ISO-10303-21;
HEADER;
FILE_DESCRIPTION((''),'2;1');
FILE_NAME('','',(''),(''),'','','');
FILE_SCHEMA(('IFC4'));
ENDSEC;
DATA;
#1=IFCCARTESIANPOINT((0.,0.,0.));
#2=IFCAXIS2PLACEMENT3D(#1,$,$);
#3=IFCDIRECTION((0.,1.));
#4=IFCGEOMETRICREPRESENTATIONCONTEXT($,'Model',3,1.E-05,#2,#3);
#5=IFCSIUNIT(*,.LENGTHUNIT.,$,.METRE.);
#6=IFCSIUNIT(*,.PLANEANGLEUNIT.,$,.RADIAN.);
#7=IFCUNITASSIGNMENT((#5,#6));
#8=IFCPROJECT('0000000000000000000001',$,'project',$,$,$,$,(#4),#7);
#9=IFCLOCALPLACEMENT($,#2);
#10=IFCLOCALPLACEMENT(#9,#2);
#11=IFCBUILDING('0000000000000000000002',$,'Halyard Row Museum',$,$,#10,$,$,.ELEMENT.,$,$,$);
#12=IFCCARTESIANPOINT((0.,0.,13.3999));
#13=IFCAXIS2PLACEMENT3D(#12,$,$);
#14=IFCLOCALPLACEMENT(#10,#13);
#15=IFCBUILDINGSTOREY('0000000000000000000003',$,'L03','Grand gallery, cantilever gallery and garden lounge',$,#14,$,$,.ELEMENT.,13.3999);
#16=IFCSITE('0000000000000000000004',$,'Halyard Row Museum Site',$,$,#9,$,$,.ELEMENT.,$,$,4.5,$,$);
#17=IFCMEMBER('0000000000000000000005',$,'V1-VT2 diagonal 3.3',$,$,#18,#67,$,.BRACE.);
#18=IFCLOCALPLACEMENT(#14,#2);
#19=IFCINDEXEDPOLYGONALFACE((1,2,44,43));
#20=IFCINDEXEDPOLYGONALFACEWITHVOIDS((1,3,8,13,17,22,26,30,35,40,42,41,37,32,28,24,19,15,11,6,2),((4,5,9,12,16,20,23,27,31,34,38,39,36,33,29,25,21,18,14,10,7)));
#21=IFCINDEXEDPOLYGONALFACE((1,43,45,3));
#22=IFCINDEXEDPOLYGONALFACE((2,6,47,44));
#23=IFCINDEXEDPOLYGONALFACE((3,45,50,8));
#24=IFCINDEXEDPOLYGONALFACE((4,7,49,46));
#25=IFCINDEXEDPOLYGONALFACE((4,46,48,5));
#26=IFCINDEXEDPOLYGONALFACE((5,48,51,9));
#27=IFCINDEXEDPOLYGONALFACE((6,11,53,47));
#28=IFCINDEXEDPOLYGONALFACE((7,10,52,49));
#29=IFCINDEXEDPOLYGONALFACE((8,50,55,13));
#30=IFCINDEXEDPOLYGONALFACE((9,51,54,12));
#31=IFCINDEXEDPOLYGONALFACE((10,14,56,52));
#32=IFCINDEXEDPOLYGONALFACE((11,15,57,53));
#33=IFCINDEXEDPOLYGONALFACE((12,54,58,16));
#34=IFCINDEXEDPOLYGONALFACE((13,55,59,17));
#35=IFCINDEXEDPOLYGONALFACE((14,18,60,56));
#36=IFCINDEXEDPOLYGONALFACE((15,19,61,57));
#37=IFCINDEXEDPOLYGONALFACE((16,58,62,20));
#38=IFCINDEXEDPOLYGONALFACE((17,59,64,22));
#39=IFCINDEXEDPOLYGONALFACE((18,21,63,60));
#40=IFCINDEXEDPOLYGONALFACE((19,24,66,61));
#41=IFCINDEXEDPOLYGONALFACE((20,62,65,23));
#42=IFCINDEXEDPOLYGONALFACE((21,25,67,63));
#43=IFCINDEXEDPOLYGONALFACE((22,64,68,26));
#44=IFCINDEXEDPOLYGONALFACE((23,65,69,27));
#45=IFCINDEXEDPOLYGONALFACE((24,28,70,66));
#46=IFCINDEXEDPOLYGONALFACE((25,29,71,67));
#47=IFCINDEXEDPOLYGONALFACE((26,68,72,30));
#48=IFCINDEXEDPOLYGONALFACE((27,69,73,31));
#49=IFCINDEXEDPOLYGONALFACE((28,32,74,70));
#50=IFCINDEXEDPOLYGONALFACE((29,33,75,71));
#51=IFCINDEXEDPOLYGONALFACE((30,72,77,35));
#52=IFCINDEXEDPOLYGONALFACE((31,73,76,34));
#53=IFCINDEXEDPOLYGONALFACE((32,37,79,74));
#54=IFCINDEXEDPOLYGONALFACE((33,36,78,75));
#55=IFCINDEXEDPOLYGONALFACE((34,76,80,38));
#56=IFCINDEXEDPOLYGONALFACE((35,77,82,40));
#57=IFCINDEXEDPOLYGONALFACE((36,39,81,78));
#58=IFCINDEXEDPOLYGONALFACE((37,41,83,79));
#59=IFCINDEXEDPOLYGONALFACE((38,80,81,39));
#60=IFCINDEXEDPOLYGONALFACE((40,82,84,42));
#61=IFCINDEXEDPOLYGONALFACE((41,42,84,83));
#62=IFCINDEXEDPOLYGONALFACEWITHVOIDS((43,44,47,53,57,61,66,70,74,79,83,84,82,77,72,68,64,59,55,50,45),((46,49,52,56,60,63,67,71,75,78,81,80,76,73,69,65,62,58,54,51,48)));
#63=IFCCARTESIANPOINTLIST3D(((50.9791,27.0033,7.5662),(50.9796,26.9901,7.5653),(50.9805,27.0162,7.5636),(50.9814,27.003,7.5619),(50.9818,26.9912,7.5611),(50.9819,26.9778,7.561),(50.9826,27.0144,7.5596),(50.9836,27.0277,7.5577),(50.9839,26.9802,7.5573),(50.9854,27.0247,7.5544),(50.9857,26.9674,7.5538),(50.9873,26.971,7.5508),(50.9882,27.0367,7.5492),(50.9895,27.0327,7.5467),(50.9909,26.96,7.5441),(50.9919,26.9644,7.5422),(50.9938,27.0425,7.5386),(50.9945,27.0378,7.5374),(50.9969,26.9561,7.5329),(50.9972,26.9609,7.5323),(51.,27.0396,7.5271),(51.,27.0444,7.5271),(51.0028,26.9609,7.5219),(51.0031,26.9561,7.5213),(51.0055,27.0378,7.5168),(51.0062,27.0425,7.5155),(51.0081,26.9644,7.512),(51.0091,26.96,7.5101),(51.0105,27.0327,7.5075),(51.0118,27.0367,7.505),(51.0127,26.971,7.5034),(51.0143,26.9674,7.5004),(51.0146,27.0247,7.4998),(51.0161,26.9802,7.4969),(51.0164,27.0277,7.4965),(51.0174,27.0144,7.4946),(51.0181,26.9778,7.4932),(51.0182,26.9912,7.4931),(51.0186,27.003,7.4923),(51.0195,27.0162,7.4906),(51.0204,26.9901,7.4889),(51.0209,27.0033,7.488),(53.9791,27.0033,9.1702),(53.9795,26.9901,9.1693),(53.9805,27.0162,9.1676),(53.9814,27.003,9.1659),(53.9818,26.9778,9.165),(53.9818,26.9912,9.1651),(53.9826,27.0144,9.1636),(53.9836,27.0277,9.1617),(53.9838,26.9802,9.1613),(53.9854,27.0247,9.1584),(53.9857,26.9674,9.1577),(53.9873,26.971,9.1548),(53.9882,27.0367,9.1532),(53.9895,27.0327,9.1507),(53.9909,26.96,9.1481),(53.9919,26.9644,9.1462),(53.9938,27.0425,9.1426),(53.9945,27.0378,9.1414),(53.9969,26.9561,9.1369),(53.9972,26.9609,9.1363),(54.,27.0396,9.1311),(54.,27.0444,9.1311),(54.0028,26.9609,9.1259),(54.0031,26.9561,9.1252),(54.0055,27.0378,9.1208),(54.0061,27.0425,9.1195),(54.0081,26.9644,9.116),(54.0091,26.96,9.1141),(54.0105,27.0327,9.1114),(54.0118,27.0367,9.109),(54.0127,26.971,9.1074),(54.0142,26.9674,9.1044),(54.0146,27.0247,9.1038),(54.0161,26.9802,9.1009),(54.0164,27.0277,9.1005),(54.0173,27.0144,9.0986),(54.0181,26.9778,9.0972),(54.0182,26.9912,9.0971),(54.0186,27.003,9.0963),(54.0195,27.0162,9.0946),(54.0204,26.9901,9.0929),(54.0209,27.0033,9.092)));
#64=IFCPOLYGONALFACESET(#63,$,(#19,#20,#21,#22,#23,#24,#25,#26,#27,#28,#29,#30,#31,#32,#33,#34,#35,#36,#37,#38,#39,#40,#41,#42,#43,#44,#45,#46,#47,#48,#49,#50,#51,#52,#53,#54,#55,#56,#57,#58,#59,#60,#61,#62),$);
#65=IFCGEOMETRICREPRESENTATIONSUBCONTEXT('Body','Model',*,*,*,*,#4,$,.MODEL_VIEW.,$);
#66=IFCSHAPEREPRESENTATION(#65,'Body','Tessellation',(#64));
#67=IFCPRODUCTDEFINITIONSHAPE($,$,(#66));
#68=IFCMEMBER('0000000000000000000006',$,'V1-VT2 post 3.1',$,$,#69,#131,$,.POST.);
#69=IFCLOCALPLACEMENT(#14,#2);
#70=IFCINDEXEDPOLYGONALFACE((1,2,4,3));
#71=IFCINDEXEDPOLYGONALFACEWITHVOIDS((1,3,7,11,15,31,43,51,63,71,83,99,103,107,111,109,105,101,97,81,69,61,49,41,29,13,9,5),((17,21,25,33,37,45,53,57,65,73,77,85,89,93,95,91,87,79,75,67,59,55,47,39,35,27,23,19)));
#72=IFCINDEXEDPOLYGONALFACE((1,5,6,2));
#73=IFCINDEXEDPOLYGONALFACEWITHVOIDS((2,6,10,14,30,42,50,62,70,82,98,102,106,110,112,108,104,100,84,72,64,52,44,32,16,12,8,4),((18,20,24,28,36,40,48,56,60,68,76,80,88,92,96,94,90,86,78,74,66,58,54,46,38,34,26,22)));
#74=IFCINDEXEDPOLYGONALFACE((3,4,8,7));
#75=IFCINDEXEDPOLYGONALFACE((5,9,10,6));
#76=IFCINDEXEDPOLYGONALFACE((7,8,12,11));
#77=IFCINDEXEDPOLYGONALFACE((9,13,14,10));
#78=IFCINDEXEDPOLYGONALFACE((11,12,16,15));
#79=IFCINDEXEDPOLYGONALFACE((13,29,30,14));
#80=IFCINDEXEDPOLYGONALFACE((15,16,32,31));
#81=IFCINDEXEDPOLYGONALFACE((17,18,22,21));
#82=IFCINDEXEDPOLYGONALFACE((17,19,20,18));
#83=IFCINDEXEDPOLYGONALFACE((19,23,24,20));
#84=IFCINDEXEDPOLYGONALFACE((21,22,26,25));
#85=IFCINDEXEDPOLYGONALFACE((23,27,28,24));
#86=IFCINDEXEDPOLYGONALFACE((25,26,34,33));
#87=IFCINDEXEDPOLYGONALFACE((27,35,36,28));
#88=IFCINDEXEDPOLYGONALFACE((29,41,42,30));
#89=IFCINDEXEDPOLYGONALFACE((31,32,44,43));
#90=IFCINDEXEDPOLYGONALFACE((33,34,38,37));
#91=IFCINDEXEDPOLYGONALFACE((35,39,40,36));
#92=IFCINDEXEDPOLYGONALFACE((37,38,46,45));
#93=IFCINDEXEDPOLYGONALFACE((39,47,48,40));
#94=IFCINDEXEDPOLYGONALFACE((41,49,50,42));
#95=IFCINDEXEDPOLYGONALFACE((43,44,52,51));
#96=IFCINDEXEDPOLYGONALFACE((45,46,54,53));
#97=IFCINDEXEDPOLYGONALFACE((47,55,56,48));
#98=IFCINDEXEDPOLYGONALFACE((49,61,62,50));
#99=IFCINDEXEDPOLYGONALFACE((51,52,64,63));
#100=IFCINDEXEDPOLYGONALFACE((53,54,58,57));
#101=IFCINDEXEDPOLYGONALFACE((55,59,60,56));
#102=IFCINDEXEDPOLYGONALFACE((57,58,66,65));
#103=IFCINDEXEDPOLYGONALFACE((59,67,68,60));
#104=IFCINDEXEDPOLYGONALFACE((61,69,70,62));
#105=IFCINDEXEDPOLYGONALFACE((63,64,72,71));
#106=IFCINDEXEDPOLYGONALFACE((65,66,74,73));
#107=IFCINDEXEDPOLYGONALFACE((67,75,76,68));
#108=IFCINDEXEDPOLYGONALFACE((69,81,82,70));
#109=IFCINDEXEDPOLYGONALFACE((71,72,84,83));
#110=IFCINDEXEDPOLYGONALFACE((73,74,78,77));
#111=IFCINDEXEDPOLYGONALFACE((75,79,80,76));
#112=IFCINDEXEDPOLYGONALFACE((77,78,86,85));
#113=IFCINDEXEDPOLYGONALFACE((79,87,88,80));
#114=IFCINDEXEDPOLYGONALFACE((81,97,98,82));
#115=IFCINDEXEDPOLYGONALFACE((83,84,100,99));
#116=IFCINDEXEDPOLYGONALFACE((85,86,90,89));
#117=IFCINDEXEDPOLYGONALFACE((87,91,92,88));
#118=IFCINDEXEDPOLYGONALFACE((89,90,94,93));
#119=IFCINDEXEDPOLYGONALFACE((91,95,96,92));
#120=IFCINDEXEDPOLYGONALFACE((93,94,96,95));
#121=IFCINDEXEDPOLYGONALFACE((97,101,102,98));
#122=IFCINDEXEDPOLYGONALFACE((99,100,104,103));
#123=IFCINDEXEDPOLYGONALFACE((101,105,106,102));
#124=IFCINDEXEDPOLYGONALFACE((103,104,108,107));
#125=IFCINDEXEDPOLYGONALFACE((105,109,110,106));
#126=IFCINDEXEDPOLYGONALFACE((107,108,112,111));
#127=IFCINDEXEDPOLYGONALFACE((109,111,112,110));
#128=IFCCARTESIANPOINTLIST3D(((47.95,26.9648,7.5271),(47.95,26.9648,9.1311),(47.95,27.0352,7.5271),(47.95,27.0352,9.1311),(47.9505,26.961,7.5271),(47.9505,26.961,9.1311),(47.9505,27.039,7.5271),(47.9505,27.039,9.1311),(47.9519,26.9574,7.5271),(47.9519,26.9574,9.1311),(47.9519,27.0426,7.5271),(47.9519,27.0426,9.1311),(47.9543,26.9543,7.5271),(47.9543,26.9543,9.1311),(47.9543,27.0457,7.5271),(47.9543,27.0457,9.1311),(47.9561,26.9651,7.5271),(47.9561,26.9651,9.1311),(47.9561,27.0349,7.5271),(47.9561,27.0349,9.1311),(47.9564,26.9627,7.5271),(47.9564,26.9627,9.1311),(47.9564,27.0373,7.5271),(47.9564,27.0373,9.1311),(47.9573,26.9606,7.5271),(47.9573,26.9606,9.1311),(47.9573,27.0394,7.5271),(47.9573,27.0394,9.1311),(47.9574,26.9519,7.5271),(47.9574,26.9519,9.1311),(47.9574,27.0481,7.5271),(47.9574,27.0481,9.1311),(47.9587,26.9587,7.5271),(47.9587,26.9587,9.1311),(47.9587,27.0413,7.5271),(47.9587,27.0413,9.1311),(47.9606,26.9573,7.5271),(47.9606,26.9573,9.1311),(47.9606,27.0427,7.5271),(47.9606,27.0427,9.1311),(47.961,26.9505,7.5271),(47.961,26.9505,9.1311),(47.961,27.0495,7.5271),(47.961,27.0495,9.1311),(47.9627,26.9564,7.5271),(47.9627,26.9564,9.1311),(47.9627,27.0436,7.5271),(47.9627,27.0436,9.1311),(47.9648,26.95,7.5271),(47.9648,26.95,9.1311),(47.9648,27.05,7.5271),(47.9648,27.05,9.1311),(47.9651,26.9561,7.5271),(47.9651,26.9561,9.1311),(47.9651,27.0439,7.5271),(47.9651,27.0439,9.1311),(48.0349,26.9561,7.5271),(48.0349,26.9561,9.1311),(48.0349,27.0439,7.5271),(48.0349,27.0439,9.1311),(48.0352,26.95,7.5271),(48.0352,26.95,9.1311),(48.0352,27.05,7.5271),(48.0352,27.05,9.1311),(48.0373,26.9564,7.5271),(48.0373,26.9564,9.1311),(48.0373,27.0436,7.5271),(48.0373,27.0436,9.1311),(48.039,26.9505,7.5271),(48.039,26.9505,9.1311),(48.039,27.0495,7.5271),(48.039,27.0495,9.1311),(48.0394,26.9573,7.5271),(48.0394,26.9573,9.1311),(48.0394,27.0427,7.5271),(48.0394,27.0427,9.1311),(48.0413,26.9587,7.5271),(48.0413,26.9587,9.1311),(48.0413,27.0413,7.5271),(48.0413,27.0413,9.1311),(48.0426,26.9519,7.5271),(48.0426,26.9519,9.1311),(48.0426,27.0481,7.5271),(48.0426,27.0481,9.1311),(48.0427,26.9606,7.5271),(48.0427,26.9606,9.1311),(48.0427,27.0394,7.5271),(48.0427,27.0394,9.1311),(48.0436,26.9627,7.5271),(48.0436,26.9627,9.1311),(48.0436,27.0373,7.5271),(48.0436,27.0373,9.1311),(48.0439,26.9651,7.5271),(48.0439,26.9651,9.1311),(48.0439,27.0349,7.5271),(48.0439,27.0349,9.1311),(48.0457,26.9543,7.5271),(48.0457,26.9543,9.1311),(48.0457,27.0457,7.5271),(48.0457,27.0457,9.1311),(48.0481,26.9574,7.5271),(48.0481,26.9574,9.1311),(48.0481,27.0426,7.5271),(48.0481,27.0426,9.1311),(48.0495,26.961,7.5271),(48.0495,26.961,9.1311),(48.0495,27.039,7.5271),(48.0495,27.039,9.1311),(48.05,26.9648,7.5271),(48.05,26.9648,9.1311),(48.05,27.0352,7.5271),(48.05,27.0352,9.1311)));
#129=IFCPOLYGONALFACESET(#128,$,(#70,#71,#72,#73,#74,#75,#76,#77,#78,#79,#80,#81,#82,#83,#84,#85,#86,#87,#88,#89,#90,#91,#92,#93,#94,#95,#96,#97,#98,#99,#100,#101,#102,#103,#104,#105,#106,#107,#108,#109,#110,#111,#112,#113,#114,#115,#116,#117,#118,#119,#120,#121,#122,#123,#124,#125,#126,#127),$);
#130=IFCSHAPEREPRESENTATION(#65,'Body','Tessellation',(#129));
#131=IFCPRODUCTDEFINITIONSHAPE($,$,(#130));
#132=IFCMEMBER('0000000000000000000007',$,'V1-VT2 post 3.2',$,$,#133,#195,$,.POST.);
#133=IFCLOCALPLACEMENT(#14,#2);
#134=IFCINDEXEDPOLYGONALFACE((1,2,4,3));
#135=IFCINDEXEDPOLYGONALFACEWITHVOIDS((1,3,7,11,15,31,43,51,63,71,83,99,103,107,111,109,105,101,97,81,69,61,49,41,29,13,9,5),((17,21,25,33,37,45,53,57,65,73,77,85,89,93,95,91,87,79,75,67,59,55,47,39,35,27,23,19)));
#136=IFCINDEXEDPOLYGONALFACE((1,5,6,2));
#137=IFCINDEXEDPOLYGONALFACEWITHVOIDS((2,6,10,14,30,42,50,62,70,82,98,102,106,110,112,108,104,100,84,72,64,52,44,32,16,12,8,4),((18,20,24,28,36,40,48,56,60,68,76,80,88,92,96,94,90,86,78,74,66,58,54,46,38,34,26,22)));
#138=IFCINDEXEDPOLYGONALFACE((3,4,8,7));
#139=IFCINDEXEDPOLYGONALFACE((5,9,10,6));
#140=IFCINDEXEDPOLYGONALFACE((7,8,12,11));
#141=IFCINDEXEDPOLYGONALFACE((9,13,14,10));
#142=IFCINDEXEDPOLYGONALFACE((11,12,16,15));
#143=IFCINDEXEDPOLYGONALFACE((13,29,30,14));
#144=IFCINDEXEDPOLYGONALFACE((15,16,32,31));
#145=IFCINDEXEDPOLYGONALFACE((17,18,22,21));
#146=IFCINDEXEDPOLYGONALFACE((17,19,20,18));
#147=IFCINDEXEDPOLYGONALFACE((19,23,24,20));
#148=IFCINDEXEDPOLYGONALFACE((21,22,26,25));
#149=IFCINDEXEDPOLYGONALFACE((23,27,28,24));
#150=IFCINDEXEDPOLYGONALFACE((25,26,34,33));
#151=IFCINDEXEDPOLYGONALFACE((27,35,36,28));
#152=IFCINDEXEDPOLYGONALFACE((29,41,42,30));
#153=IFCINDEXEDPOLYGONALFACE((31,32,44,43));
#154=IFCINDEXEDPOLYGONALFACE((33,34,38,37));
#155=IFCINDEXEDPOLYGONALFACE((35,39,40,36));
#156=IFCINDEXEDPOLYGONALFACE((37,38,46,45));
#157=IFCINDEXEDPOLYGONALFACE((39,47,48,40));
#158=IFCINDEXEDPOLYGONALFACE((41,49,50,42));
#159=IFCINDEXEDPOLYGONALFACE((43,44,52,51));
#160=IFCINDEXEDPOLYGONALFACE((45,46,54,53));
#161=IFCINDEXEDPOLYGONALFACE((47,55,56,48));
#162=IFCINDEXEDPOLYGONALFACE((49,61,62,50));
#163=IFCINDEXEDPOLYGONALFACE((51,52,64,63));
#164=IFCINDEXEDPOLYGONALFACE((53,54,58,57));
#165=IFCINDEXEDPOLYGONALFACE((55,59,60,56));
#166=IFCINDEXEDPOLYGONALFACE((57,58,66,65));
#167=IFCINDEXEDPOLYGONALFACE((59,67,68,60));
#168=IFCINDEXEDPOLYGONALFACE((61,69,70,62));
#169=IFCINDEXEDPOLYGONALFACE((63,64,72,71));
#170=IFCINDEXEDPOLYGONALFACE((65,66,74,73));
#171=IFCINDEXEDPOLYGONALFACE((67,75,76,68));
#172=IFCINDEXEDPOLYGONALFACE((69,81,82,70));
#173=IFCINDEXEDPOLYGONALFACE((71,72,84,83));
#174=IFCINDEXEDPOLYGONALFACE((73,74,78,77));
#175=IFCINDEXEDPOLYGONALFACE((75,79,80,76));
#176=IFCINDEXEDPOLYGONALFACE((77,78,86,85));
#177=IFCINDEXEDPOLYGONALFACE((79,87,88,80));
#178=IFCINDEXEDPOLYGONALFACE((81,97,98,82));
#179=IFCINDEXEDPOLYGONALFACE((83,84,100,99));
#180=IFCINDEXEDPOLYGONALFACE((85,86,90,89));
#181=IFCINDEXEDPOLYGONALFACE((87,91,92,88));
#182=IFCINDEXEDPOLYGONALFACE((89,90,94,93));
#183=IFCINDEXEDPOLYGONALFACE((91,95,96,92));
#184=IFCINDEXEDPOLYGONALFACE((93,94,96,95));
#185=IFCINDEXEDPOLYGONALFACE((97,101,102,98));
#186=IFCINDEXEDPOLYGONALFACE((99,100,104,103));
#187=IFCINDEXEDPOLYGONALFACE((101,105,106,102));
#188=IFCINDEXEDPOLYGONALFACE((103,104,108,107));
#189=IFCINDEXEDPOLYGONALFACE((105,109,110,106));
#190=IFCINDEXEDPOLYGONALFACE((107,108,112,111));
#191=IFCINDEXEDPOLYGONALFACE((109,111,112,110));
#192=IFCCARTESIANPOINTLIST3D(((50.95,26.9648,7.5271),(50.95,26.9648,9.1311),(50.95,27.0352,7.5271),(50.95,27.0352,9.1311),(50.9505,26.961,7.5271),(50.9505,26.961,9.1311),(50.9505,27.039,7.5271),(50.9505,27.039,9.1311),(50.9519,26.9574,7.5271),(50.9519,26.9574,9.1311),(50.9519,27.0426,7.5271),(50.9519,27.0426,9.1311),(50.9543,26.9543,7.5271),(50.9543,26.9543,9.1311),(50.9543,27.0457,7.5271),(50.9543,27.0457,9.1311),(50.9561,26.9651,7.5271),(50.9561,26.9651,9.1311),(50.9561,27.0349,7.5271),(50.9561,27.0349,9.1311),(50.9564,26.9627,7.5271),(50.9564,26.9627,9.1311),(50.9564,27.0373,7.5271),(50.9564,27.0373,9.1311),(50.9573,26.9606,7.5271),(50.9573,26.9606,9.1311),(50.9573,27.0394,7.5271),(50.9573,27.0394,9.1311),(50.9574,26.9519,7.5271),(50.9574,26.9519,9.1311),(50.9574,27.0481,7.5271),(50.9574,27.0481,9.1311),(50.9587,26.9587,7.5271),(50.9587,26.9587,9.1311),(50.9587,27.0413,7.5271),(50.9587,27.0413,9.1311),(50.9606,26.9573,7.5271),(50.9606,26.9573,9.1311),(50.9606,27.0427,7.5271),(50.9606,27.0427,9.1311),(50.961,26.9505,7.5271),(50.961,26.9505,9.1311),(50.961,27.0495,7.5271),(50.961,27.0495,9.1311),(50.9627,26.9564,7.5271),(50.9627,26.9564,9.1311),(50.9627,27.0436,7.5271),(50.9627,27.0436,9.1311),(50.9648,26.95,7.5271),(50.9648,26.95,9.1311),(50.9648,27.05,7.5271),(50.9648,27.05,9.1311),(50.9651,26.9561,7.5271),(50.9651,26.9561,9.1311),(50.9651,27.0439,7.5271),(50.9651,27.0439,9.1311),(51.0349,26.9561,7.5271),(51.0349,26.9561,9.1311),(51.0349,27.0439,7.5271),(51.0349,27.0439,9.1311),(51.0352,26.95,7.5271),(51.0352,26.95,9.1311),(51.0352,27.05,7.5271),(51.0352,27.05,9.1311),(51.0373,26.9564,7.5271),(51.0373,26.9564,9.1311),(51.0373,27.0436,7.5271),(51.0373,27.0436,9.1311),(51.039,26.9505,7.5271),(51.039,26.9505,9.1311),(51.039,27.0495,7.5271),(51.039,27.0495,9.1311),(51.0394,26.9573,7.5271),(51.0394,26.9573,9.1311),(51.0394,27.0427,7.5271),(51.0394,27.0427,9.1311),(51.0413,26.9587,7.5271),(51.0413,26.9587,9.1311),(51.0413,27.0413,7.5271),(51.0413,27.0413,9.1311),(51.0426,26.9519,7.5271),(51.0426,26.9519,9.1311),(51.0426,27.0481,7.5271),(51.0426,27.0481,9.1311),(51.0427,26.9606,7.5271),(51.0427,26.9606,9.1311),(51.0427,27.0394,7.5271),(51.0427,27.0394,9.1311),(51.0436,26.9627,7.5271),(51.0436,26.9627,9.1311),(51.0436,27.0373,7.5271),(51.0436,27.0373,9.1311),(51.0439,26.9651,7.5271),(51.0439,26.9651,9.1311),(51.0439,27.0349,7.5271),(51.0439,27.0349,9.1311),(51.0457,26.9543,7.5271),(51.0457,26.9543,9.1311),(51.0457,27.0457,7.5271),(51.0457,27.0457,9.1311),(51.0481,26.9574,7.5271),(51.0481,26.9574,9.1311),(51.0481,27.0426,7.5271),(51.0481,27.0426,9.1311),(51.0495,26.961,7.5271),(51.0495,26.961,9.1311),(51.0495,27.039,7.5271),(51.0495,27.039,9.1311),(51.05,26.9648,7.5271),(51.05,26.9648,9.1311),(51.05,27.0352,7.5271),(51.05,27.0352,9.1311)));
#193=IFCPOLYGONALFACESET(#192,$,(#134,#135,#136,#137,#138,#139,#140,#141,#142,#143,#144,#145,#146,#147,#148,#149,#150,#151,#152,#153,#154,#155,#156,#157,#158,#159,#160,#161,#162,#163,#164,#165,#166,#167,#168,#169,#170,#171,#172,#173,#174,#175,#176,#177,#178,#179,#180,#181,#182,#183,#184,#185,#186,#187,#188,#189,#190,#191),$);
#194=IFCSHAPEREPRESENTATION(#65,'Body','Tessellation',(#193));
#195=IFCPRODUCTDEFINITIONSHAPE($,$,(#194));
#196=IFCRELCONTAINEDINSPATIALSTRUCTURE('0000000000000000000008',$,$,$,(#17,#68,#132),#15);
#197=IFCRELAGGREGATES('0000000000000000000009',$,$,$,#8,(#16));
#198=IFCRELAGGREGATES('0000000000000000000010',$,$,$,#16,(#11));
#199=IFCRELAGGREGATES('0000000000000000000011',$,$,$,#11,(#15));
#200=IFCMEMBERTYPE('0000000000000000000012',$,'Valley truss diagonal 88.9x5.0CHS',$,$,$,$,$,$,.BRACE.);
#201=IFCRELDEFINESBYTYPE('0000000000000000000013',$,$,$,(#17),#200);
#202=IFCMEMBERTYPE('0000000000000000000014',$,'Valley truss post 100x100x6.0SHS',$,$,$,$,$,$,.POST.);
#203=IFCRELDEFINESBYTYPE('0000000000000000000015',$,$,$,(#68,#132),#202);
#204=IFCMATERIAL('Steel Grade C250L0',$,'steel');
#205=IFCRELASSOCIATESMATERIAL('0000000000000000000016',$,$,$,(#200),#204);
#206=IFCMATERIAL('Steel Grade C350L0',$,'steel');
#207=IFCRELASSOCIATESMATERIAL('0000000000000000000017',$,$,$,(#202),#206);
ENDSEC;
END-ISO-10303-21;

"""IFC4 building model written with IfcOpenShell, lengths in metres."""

from ifc_helpers import new_model, si_unit, direction, frame, origin, origin_2d, place, context, subcontext, project, spatial, hollow_rectangle, hollow_circle, extrude, material, material_profile, profile_set, type_object, element, save


model = new_model("IFC4")

# Units and contexts
model_context = context("Model", 3, precision=1e-05, world=origin(), true_north=direction((0.0, 1.0)))
body_context = subcontext(model_context, "Body", "Model", "MODEL_VIEW")
ifc_project = project(units=[si_unit("LENGTHUNIT", "METRE"), si_unit("PLANEANGLEUNIT", "RADIAN")], contexts=[model_context])

# Site, building, storey
site_placement = place(None, origin())
site = spatial("IfcSite", under=ifc_project, at=site_placement, Name="Halyard Row Museum Site", CompositionType="ELEMENT", RefElevation=4.5)
building_placement = place(site_placement, origin())
building = spatial("IfcBuilding", under=site, at=building_placement, Name="Halyard Row Museum", CompositionType="ELEMENT")
storey_placement = place(building_placement, frame((0.0, 0.0, 13.3999)))
storey = spatial("IfcBuildingStorey", under=building, at=storey_placement, Name="L03", Description="Grand gallery, cantilever gallery and garden lounge", CompositionType="ELEMENT", Elevation=13.3999)

# Members
ifc_material_1 = material(Name="Steel Grade C250L0", Category="steel")
ifc_material_profile_1 = material_profile(ifc_material_1, hollow_circle(Radius=0.0444, WallThickness=0.0049, at=origin_2d()), Name="88.9x5.0CHS")
ifc_profile_set_1 = profile_set([ifc_material_profile_1], Name="Steel Grade C250L0")
member_type_1 = type_object("IfcMemberType", Name="Valley truss diagonal 88.9x5.0CHS", PredefinedType="BRACE", material=ifc_profile_set_1)
for number, where, z_axis, x_axis, name in (
    (1, (51.0, 27.0, 7.5271), (0.881864, 0.0, 0.471504), (0.0, 1.0, 0.0), "V1-VT2 diagonal 3.3"),
):
    element("IfcMember", number, at=place(storey_placement, frame(where, z_axis=z_axis, x_axis=x_axis)), inside=storey, type_object=member_type_1, Name=name, PredefinedType="BRACE", context=body_context, shape_type="SweptSolid", body=[
        extrude(hollow_circle(Radius=0.0444, WallThickness=0.0049, at=origin_2d()), origin(), (0.0, 0.0, 1.0), 3.4019),
    ])
ifc_material_2 = material(Name="Steel Grade C350L0", Category="steel")
ifc_material_profile_2 = material_profile(ifc_material_2, hollow_rectangle(XDim=0.1001, YDim=0.1001, WallThickness=0.0061, InnerFilletRadius=0.009, OuterFilletRadius=0.0149, at=origin_2d()), Name="100x100x6.0SHS")
ifc_profile_set_2 = profile_set([ifc_material_profile_2], Name="Steel Grade C350L0")
member_type_2 = type_object("IfcMemberType", Name="Valley truss post 100x100x6.0SHS", PredefinedType="POST", material=ifc_profile_set_2)
for number, where, z_axis, x_axis, name in (
    (2, (48.0, 27.0, 7.5271), (0.0, 0.0, 1.0), (1.0, 0.0, 0.0), "V1-VT2 post 3.1"),
    (3, (51.0, 27.0, 7.5271), (0.0, 0.0, 1.0), (1.0, 0.0, 0.0), "V1-VT2 post 3.2"),
):
    element("IfcMember", number, at=place(storey_placement, frame(where, z_axis=z_axis, x_axis=x_axis)), inside=storey, type_object=member_type_2, Name=name, PredefinedType="POST", context=body_context, shape_type="SweptSolid", body=[
        extrude(hollow_rectangle(XDim=0.1001, YDim=0.1001, WallThickness=0.0061, InnerFilletRadius=0.009, OuterFilletRadius=0.0149, at=origin_2d()), origin(), (0.0, 0.0, 1.0), 1.604),
    ])

save(model, "model.ifc")
